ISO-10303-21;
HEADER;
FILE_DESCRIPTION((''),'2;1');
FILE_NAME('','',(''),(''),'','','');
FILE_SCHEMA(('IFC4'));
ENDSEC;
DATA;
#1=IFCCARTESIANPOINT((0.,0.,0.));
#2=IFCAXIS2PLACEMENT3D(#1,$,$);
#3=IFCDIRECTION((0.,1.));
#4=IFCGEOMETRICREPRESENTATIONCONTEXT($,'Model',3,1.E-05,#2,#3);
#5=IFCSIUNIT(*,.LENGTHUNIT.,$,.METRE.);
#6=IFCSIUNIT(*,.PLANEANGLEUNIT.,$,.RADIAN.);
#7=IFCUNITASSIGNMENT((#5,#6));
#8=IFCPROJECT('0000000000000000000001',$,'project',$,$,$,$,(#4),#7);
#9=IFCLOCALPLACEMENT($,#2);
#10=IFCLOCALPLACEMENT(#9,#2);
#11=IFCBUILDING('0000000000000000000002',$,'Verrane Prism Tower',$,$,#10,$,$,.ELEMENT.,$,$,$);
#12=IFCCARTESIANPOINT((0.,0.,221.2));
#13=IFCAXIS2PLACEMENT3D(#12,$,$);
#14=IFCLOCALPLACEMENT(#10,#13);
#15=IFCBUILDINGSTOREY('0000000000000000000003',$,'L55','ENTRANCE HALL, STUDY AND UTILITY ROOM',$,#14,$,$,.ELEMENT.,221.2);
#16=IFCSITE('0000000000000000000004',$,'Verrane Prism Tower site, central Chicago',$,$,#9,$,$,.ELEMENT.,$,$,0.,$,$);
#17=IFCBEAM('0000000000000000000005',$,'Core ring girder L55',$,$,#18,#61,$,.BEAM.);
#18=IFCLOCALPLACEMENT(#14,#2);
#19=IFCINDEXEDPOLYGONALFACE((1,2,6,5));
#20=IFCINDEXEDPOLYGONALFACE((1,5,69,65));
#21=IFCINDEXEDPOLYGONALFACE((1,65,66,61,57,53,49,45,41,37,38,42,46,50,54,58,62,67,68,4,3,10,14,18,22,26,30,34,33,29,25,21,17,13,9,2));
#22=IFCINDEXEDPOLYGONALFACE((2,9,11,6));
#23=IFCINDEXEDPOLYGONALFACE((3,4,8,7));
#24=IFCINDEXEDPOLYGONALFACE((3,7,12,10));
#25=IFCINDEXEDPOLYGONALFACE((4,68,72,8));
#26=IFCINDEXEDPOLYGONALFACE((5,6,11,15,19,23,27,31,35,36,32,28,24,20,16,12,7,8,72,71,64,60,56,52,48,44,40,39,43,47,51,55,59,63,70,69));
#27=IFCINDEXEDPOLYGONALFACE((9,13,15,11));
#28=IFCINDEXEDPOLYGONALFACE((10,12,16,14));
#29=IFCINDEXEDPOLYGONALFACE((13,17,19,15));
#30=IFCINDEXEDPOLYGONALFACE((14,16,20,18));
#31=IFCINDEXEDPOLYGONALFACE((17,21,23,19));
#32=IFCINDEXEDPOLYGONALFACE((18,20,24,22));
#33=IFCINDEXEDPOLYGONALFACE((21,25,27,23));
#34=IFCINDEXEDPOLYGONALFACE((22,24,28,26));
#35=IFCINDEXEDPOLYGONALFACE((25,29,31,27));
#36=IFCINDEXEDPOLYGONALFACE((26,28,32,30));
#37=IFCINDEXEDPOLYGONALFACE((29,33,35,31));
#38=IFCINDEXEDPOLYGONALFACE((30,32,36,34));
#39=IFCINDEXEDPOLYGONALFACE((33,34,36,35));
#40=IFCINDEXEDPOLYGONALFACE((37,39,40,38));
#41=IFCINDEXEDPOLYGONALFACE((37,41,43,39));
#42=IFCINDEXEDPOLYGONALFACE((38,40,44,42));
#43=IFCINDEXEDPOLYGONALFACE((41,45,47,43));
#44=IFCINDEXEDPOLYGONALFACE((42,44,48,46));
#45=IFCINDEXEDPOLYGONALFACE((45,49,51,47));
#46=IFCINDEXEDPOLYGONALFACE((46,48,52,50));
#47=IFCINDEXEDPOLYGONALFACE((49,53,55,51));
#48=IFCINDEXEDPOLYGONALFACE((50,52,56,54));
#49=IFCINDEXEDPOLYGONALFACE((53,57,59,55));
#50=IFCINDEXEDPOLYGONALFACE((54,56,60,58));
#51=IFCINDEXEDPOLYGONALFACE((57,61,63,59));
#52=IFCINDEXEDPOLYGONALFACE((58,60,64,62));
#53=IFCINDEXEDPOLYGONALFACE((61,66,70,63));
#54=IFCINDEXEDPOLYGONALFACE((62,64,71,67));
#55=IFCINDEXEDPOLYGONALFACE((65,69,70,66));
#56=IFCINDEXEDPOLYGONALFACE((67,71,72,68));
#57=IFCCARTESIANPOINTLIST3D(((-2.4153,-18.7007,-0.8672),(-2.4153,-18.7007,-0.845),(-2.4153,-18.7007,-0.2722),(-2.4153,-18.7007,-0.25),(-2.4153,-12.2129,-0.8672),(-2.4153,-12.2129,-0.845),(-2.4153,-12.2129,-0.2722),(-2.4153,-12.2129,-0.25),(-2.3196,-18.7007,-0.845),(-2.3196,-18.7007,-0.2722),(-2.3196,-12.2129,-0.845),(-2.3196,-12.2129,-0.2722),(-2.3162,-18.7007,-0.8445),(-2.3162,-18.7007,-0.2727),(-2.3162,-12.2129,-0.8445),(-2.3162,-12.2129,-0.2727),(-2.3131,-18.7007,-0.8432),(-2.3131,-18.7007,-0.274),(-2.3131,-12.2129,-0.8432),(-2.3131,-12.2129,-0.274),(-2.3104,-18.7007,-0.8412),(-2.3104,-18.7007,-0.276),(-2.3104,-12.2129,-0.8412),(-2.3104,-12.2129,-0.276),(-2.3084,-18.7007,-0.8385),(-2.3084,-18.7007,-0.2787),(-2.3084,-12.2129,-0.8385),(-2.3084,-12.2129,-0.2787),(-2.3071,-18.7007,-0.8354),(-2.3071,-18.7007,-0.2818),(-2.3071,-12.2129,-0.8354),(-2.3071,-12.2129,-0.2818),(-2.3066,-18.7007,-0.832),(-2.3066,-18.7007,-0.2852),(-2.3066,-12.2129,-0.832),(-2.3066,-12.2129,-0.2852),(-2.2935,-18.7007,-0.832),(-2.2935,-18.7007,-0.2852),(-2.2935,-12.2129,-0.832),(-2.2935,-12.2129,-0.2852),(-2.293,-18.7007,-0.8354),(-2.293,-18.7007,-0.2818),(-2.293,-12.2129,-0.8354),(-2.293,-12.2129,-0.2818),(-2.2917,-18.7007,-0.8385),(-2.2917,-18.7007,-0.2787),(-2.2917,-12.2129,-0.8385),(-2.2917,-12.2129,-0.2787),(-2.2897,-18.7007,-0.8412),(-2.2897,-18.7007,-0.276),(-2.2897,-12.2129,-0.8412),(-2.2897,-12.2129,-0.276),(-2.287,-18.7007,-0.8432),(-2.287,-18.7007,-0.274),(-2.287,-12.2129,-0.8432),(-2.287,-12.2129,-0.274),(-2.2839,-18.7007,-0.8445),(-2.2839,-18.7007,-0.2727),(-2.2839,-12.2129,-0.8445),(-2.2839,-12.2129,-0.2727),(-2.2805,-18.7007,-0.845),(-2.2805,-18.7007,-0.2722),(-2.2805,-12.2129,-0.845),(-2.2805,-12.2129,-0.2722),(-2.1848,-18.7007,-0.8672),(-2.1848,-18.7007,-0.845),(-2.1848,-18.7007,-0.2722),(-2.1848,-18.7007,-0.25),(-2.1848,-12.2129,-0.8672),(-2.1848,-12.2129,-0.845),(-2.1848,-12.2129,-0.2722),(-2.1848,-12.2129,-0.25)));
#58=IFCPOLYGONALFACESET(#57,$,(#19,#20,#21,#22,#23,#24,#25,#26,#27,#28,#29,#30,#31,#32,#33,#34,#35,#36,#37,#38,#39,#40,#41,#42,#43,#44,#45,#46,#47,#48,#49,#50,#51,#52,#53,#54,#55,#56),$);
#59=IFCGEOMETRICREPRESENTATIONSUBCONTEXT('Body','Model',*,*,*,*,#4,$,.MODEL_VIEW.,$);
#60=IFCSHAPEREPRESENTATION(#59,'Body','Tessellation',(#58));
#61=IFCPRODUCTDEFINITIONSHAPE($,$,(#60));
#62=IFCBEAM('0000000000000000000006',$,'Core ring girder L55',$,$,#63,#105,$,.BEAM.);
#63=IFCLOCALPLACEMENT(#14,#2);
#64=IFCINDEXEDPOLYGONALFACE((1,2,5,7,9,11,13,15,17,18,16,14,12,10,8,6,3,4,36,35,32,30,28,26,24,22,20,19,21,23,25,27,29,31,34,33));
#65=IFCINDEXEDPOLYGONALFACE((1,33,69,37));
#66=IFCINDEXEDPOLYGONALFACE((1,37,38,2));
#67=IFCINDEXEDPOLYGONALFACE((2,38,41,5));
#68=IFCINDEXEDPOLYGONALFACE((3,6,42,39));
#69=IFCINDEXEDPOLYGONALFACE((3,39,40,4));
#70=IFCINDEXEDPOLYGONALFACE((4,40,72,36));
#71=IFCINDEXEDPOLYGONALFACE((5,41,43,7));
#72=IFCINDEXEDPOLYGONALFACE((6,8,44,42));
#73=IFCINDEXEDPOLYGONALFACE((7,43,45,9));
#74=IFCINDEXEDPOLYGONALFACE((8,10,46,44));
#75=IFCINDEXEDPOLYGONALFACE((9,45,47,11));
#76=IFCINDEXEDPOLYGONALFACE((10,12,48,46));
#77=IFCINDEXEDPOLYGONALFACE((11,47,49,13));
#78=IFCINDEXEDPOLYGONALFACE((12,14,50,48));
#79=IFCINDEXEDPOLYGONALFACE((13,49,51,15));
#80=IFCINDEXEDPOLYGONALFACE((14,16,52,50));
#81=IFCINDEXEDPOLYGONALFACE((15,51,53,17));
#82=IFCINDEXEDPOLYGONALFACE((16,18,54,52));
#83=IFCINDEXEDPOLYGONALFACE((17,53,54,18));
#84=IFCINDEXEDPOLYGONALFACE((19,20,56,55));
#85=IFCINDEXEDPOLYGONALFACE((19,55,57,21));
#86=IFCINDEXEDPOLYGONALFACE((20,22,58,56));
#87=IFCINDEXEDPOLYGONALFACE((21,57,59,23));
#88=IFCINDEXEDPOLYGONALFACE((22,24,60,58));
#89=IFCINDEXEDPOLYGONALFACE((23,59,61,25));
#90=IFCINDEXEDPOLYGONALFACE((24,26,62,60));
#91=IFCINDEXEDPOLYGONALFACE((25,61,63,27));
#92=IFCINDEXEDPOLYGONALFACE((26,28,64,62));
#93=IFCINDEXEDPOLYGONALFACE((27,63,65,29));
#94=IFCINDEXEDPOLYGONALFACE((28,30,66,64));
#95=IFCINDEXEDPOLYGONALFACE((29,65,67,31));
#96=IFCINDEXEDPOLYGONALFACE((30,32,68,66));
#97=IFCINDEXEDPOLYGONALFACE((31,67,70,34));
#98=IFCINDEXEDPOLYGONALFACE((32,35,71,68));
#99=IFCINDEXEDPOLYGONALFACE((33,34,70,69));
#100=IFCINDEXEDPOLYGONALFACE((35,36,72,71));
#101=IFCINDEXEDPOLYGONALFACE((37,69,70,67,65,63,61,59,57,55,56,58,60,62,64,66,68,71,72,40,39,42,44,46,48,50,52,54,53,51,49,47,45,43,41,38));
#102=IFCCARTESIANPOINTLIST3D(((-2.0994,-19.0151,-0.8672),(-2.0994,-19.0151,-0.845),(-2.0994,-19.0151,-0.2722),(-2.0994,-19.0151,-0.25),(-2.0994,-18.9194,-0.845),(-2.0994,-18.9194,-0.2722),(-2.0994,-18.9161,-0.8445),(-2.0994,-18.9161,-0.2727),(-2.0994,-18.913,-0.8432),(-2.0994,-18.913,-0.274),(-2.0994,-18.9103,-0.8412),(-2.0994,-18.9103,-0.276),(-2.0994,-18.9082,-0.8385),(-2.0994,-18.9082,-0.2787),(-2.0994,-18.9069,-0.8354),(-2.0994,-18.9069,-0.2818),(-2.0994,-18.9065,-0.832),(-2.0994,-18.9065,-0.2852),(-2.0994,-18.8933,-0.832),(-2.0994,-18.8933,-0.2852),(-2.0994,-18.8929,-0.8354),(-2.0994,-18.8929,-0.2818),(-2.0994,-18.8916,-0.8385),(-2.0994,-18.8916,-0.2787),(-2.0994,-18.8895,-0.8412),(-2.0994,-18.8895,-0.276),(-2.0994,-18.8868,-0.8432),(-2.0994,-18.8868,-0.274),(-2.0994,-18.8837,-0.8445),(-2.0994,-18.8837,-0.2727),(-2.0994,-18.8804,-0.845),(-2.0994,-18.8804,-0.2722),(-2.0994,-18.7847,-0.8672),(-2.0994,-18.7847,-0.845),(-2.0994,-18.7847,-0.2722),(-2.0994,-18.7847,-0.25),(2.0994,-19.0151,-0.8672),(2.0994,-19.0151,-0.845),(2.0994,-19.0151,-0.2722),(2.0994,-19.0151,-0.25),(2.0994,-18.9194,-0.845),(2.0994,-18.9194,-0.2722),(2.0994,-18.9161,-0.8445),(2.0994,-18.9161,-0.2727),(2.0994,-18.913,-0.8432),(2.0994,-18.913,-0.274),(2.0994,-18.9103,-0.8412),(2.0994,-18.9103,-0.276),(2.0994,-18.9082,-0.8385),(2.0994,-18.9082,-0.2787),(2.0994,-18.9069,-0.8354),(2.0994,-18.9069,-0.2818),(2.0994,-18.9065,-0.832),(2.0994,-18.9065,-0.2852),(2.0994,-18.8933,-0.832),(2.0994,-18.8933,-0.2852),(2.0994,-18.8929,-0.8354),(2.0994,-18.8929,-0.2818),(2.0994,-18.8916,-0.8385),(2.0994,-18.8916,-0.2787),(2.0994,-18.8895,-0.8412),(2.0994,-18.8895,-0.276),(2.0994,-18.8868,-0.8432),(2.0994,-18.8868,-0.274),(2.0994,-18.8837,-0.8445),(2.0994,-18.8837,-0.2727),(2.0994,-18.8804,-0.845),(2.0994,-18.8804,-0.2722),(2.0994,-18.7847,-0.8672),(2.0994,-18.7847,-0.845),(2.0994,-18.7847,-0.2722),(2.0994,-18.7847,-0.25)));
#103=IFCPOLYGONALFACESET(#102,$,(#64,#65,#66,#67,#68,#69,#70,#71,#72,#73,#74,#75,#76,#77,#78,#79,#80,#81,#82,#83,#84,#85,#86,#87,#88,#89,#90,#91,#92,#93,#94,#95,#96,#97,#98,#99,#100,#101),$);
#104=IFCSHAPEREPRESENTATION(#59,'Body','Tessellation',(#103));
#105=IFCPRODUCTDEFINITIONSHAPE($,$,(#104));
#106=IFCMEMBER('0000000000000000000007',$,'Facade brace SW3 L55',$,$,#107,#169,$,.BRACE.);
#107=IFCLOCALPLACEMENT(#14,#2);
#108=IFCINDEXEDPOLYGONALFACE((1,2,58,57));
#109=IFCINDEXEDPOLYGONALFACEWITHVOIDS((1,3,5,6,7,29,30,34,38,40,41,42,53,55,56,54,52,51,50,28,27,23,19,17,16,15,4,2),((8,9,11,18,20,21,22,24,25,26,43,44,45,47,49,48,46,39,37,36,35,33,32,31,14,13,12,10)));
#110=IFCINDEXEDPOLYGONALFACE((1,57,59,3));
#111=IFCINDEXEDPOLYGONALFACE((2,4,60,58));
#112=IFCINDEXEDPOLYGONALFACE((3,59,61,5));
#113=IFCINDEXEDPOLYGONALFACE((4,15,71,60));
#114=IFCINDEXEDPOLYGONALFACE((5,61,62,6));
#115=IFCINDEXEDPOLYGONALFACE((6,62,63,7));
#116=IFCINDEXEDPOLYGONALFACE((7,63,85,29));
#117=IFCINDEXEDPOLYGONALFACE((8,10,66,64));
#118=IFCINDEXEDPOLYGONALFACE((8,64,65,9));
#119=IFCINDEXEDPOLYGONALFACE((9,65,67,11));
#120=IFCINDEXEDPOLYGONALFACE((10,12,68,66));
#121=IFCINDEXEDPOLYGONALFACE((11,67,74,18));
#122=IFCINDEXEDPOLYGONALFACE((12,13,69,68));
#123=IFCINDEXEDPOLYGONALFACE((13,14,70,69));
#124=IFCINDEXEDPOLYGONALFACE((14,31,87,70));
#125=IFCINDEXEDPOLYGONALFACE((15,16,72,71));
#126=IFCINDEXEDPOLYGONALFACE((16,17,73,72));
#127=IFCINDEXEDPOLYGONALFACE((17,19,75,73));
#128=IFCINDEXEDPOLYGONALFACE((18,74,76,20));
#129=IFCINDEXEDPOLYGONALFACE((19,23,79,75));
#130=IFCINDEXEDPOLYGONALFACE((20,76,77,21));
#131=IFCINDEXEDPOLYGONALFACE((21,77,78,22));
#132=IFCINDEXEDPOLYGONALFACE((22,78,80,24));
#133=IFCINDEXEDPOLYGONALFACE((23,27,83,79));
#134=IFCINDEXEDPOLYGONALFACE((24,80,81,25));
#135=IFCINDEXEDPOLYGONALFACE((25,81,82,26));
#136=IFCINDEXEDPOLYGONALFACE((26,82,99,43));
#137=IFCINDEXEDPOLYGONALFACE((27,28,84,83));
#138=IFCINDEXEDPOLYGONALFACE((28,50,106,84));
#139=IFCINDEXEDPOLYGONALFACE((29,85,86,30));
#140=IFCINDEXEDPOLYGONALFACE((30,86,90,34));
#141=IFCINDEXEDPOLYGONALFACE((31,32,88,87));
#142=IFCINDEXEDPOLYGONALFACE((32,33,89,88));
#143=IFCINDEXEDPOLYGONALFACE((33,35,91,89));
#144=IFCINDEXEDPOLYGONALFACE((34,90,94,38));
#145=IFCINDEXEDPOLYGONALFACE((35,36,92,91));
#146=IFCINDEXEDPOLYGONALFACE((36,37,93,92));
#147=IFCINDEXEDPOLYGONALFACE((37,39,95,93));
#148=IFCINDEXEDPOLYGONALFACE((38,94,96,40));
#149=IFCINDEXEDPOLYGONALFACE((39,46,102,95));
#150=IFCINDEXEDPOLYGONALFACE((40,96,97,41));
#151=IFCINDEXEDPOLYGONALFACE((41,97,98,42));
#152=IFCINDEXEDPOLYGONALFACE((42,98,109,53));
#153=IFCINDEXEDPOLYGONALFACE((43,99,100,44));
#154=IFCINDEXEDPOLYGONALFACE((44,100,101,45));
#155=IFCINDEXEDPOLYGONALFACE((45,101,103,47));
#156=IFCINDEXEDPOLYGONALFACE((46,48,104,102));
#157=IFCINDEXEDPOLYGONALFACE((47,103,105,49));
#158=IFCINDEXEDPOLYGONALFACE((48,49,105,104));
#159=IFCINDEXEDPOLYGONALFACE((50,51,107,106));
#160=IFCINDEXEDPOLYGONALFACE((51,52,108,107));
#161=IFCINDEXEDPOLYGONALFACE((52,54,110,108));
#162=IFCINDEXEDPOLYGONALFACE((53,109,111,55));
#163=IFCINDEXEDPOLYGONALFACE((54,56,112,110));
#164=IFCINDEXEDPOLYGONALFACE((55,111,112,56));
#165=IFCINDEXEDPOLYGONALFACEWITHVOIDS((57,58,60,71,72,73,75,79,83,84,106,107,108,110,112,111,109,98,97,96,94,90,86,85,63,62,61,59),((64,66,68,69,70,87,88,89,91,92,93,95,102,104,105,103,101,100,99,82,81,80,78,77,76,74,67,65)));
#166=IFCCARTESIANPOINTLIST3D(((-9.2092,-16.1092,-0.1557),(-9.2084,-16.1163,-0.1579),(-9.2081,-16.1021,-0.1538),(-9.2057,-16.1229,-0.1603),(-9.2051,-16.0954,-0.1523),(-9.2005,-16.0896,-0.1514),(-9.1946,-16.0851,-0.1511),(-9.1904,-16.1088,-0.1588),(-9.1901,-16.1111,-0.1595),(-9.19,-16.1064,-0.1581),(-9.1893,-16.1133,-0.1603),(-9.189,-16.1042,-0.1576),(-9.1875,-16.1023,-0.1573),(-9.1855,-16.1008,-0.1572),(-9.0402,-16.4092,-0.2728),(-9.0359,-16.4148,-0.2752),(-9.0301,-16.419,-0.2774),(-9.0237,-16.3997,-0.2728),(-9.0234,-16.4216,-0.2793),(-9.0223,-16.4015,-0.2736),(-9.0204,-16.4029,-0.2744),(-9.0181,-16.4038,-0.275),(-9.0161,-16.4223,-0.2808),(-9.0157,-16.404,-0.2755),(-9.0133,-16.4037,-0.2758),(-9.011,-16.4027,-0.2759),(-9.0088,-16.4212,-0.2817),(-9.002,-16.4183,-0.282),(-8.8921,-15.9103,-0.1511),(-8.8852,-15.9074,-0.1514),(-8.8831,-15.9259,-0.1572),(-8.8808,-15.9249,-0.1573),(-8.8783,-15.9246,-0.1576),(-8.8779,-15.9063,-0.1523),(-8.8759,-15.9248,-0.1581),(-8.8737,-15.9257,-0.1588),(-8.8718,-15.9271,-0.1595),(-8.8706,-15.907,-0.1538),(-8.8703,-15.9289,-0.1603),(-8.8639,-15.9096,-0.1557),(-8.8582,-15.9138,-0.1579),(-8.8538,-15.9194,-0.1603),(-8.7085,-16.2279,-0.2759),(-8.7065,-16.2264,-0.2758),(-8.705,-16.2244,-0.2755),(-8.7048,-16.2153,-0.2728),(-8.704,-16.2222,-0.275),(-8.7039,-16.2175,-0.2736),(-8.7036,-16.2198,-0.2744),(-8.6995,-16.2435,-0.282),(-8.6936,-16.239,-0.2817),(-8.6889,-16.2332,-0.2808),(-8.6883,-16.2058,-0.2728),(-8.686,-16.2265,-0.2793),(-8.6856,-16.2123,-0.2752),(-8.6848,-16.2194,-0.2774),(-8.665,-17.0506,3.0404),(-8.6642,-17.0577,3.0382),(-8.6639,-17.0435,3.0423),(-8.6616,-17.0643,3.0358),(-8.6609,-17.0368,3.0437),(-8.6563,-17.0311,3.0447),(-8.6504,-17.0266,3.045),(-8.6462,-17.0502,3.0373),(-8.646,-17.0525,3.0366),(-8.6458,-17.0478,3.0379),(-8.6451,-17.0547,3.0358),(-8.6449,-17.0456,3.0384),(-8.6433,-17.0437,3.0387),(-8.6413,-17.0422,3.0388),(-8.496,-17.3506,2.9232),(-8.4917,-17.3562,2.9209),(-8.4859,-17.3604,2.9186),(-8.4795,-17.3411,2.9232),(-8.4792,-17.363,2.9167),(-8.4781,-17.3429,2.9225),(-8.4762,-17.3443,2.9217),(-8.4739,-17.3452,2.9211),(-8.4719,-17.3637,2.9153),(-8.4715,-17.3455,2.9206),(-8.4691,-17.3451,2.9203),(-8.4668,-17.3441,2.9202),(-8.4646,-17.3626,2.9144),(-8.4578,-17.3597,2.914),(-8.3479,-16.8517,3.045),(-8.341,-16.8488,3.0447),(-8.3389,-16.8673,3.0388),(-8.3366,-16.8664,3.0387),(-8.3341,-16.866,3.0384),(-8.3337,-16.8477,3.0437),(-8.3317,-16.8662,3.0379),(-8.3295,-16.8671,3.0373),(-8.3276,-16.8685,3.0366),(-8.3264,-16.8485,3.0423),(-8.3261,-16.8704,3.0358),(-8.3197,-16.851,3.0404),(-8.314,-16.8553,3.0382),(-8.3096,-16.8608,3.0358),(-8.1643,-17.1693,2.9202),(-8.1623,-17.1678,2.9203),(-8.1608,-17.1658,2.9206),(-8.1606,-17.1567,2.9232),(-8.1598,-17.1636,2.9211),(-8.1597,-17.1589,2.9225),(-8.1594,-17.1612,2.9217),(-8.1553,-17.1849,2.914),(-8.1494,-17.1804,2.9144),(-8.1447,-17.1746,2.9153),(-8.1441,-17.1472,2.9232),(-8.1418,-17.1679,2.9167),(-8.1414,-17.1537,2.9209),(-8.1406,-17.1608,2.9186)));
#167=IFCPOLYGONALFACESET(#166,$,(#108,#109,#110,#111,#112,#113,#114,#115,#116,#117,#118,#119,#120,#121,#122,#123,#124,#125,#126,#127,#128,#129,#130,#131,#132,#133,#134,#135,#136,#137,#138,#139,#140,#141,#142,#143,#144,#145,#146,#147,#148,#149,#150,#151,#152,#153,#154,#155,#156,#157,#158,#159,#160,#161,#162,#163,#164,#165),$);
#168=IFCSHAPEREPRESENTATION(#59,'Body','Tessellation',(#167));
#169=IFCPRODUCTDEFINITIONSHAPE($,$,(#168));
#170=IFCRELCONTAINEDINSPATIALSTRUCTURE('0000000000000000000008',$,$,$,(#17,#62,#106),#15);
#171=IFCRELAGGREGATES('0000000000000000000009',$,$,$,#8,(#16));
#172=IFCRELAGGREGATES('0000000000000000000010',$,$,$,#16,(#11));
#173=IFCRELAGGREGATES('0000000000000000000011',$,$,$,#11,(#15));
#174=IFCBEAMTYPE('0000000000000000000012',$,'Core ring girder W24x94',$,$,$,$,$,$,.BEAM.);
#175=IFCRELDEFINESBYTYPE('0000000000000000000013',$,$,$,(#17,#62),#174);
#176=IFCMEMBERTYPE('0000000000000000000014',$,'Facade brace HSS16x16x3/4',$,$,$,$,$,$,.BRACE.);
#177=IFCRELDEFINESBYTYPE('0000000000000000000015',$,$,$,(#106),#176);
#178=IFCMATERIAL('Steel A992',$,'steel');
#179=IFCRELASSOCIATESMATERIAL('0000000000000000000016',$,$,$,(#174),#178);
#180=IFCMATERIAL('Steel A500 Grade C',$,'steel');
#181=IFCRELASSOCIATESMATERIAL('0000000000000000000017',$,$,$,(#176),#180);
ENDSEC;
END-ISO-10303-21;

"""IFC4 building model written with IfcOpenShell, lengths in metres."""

from ifc_helpers import new_model, si_unit, direction, frame, origin, origin_2d, place, context, subcontext, project, spatial, hollow_rectangle, i_section, extrude, material, material_profile, profile_set, type_object, element, save


model = new_model("IFC4")

# Units and contexts
model_context = context("Model", 3, precision=1e-05, world=origin(), true_north=direction((0.0, 1.0)))
body_context = subcontext(model_context, "Body", "Model", "MODEL_VIEW")
ifc_project = project(units=[si_unit("LENGTHUNIT", "METRE"), si_unit("PLANEANGLEUNIT", "RADIAN")], contexts=[model_context])

# Site, building, storey
site_placement = place(None, origin())
site = spatial("IfcSite", under=ifc_project, at=site_placement, Name="Verrane Prism Tower site, central Chicago", CompositionType="ELEMENT", RefElevation=0.0)
building_placement = place(site_placement, origin())
building = spatial("IfcBuilding", under=site, at=building_placement, Name="Verrane Prism Tower", CompositionType="ELEMENT")
storey_placement = place(building_placement, frame((0.0, 0.0, 221.2)))
storey = spatial("IfcBuildingStorey", under=building, at=storey_placement, Name="L55", Description="ENTRANCE HALL, STUDY AND UTILITY ROOM", CompositionType="ELEMENT", Elevation=221.2)

# Beams
ifc_material_1 = material(Name="Steel A992", Category="steel")
ifc_material_profile_1 = material_profile(ifc_material_1, i_section(OverallWidth=0.2305, OverallDepth=0.6172, WebThickness=0.0132, FlangeThickness=0.0222, FilletRadius=0.0129, at=origin_2d()), Name="W24x94")
ifc_profile_set_1 = profile_set([ifc_material_profile_1], Name="Steel A992")
beam_type_1 = type_object("IfcBeamType", Name="Core ring girder W24x94", PredefinedType="BEAM", material=ifc_profile_set_1)
beam_1_placement = place(storey_placement, frame((-2.3, -12.2129, -0.5586), z_axis=(0.0, -1.0, 0.0), x_axis=(1.0, 0.0, 0.0)))
element("IfcBeam", 1, at=beam_1_placement, inside=storey, type_object=beam_type_1, Name="Core ring girder L55", PredefinedType="BEAM", context=body_context, shape_type="SweptSolid", body=[
    extrude(i_section(OverallWidth=0.2305, OverallDepth=0.6172, WebThickness=0.0132, FlangeThickness=0.0222, FilletRadius=0.0129, at=origin_2d()), origin(), (0.0, 0.0, 1.0), 6.4878),
])
beam_2_placement = place(storey_placement, frame((-2.0994, -18.8999, -0.5586), z_axis=(1.0, 0.0, 0.0), x_axis=(0.0, 1.0, 0.0)))
element("IfcBeam", 2, at=beam_2_placement, inside=storey, type_object=beam_type_1, Name="Core ring girder L55", PredefinedType="BEAM", context=body_context, shape_type="SweptSolid", body=[
    extrude(i_section(OverallWidth=0.2305, OverallDepth=0.6172, WebThickness=0.0132, FlangeThickness=0.0222, FilletRadius=0.0129, at=origin_2d()), origin(), (0.0, 0.0, 1.0), 4.1987),
])

# Member
ifc_material_2 = material(Name="Steel A500 Grade C", Category="steel")
ifc_material_profile_2 = material_profile(ifc_material_2, hollow_rectangle(XDim=0.4065, YDim=0.4065, WallThickness=0.019, InnerFilletRadius=0.0095, OuterFilletRadius=0.0286, at=origin_2d()), Name="HSS16x16x3/4")
ifc_profile_set_2 = profile_set([ifc_material_profile_2], Name="Steel A500 Grade C")
member_type_1 = type_object("IfcMemberType", Name="Facade brace HSS16x16x3/4", PredefinedType="BRACE", material=ifc_profile_set_2)
member_1_placement = place(storey_placement, frame((-8.947, -16.1643, -0.2166), z_axis=(0.161196, -0.278856, 0.946708), x_axis=(0.865759, 0.500461, 0.0)))
element("IfcMember", 3, at=member_1_placement, inside=storey, type_object=member_type_1, Name="Facade brace SW3 L55", PredefinedType="BRACE", context=body_context, shape_type="SweptSolid", body=[
    extrude(hollow_rectangle(XDim=0.4065, YDim=0.4065, WallThickness=0.019, InnerFilletRadius=0.0095, OuterFilletRadius=0.0286, at=origin_2d()), origin(), (0.0, 0.0, 1.0), 3.376),
])

save(model, "model.ifc")
